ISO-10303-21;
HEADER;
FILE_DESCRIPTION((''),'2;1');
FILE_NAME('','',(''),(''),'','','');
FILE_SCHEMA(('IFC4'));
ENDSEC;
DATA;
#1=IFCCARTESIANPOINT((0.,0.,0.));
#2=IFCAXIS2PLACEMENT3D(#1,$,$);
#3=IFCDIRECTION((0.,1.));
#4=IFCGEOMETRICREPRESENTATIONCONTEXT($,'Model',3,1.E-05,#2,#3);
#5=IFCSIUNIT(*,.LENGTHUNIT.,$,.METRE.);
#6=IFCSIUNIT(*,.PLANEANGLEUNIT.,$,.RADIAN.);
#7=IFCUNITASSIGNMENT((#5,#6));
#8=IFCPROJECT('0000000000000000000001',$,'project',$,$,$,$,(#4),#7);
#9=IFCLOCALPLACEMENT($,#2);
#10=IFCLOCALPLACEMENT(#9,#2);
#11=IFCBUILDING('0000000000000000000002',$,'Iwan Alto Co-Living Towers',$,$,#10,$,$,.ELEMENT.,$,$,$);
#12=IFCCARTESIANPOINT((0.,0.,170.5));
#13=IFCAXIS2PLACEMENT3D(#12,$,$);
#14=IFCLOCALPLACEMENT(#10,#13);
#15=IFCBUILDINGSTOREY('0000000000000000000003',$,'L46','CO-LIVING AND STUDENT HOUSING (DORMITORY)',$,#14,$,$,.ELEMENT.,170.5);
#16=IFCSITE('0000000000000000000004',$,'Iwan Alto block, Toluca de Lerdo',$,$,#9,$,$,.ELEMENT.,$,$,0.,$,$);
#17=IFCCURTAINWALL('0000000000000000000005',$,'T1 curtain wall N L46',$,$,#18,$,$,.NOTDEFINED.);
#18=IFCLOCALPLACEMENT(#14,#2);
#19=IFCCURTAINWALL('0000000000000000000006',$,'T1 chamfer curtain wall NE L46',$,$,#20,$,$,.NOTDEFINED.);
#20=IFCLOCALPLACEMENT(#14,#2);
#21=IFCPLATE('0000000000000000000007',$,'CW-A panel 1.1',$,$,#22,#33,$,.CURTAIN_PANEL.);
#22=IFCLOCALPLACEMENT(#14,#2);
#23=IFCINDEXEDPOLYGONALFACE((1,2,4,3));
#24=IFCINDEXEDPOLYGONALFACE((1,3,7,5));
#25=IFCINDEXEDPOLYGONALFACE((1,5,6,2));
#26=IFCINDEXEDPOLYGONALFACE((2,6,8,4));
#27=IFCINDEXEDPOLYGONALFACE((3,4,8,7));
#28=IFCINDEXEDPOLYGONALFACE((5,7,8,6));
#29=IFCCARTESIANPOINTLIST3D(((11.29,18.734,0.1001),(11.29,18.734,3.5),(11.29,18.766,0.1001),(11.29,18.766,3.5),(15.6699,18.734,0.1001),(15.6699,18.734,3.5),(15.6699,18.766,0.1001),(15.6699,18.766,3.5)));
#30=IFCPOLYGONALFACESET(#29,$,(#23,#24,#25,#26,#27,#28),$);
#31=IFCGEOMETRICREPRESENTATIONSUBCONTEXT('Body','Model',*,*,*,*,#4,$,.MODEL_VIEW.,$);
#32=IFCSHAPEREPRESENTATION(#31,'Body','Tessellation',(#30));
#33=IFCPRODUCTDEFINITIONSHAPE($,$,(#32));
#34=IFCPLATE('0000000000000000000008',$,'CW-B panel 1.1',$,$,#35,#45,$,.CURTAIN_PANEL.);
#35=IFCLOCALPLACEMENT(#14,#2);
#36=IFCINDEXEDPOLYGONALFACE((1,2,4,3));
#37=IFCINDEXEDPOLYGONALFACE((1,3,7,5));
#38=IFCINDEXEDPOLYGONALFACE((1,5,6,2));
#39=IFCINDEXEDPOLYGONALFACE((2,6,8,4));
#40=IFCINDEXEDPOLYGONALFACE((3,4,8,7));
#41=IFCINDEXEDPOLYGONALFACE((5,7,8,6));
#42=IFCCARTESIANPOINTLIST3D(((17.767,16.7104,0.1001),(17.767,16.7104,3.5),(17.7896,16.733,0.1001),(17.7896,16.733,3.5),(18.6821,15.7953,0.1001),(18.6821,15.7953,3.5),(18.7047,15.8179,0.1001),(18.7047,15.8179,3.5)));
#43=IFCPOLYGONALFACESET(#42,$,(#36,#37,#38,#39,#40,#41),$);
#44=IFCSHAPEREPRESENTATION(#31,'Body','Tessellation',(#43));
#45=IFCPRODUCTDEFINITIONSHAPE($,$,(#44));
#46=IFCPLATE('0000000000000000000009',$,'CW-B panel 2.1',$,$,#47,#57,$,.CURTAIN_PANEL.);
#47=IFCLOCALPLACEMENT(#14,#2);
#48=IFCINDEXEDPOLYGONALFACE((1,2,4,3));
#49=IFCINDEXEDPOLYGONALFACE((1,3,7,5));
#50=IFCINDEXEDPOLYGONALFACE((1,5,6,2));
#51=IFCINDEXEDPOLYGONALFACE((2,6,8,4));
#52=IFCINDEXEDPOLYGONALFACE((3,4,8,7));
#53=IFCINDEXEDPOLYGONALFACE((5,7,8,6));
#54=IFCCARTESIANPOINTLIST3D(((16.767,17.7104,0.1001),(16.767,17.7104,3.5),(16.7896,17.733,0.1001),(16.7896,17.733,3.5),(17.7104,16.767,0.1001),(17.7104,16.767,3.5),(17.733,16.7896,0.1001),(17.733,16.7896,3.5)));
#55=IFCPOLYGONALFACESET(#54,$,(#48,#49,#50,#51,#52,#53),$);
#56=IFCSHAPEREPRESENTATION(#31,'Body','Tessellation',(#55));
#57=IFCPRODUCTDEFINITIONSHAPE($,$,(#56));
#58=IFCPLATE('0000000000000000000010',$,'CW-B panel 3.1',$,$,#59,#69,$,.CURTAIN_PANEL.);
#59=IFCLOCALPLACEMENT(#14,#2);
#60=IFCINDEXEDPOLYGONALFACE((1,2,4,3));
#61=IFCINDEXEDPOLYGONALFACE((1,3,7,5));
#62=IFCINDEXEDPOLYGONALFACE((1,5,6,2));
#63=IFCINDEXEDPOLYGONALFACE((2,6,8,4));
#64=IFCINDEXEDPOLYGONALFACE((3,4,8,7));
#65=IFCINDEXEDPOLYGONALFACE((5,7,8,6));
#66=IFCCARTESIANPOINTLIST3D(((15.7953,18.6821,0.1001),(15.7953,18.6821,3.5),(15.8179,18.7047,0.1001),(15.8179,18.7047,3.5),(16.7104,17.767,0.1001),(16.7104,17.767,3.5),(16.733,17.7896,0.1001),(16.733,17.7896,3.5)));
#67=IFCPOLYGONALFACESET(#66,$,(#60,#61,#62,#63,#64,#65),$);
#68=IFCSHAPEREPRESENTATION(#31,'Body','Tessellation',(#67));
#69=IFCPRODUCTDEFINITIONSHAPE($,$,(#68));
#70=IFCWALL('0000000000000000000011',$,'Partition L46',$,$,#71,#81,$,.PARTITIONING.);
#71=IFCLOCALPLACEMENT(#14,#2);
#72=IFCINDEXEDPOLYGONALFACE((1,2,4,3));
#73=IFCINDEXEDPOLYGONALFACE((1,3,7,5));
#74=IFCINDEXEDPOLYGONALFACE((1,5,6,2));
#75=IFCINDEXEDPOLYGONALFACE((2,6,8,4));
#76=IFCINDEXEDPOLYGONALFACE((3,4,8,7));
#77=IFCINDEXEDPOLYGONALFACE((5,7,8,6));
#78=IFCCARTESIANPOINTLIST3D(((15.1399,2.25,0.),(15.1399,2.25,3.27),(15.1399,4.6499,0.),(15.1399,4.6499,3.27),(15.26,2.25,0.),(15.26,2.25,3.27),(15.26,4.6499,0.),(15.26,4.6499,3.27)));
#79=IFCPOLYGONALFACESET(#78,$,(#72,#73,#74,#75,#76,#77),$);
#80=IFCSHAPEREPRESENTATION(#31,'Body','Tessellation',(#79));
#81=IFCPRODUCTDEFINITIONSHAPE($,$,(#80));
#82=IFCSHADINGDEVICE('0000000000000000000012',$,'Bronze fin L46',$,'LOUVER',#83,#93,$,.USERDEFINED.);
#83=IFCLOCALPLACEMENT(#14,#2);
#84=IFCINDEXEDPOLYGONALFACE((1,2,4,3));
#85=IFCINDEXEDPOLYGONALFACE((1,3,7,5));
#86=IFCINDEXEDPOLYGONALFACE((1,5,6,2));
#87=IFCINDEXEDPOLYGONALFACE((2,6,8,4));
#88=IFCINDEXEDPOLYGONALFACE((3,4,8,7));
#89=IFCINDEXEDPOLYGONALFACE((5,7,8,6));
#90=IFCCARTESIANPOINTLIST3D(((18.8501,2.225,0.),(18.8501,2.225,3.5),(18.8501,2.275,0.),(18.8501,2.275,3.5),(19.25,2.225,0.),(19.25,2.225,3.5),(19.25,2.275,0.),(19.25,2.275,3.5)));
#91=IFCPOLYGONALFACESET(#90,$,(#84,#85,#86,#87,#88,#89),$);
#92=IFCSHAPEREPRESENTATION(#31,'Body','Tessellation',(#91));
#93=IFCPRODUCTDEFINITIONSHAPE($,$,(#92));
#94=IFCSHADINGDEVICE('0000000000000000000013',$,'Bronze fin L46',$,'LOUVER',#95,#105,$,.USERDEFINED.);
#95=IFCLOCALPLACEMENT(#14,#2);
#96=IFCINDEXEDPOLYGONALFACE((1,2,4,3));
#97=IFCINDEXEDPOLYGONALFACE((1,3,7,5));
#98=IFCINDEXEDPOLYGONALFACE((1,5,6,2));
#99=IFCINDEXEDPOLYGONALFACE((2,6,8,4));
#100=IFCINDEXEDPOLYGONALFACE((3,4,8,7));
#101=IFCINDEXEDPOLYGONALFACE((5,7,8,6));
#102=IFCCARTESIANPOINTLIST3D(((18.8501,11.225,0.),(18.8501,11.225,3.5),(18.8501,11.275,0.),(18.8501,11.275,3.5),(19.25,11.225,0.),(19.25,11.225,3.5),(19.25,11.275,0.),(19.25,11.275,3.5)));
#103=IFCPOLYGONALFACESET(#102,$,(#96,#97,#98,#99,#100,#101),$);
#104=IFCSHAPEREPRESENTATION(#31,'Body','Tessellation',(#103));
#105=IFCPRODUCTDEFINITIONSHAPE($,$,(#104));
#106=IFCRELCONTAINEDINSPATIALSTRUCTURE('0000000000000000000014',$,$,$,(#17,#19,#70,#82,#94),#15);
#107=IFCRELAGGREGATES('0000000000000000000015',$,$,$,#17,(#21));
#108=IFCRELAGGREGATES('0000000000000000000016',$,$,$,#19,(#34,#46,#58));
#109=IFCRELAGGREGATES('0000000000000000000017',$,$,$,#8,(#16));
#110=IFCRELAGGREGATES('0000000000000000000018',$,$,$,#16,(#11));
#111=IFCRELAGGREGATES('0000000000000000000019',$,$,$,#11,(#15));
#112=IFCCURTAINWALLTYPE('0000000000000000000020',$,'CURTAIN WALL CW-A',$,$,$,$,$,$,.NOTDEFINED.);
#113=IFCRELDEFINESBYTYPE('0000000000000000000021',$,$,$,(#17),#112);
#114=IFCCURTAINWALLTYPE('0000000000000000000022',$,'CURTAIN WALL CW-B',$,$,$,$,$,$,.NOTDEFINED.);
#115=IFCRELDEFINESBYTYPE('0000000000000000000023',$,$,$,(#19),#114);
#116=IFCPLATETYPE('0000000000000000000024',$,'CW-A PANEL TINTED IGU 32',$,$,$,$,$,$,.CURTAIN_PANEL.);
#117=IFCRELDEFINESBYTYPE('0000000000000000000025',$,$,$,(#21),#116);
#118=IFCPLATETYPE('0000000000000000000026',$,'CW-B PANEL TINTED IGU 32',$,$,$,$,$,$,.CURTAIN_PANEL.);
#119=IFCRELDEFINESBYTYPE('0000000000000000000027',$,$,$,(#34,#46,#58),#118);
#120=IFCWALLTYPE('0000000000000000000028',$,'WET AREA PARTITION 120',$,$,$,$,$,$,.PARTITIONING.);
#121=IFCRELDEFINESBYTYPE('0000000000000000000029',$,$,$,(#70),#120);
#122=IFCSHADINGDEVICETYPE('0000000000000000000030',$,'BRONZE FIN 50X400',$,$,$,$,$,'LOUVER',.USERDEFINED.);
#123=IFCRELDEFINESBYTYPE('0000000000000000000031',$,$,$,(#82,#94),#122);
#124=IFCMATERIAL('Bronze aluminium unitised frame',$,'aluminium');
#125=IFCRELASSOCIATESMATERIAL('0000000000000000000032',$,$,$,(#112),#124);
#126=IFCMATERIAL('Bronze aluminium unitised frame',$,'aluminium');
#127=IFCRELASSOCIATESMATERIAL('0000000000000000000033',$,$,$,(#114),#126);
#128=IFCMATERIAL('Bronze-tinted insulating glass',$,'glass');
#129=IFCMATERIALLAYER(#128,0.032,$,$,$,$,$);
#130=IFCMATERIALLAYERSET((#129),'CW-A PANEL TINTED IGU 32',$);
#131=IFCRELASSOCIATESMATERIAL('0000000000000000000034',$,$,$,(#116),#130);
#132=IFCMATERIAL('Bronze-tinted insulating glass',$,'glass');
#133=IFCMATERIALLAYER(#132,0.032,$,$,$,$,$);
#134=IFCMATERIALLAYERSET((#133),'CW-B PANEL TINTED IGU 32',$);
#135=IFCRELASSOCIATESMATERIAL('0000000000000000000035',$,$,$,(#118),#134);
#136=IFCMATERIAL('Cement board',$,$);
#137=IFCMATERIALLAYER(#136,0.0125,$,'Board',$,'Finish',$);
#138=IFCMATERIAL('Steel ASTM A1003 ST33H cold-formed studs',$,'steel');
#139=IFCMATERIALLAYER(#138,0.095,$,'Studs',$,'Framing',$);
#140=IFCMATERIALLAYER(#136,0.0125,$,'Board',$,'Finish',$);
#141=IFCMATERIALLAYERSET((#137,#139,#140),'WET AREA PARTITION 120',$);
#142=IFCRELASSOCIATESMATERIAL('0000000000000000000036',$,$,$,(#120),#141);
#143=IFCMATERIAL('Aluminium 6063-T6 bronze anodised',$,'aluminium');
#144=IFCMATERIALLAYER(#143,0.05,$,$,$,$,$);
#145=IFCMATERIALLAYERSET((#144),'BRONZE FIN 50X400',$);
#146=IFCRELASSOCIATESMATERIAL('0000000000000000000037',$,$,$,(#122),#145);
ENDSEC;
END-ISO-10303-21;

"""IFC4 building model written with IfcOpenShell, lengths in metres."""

from ifc_helpers import new_model, si_unit, direction, frame, frame_2d, origin, origin_2d, place, context, subcontext, project, spatial, rectangle, extrude, material, layer, layer_set, type_object, element, aggregate, save


model = new_model("IFC4")

# Units and contexts
model_context = context("Model", 3, precision=1e-05, world=origin(), true_north=direction((0.0, 1.0)))
body_context = subcontext(model_context, "Body", "Model", "MODEL_VIEW")
ifc_project = project(units=[si_unit("LENGTHUNIT", "METRE"), si_unit("PLANEANGLEUNIT", "RADIAN")], contexts=[model_context])

# Site, building, storey
site_placement = place(None, origin())
site = spatial("IfcSite", under=ifc_project, at=site_placement, Name="Iwan Alto block, Toluca de Lerdo", CompositionType="ELEMENT", RefElevation=0.0)
building_placement = place(site_placement, origin())
building = spatial("IfcBuilding", under=site, at=building_placement, Name="Iwan Alto Co-Living Towers", CompositionType="ELEMENT")
storey_placement = place(building_placement, frame((0.0, 0.0, 170.5)))
storey = spatial("IfcBuildingStorey", under=building, at=storey_placement, Name="L46", Description="CO-LIVING AND STUDENT HOUSING (DORMITORY)", CompositionType="ELEMENT", Elevation=170.5)

# Shared definitions
ifc_material_1 = material(Name="Bronze aluminium unitised frame", Category="aluminium")
curtain_wall_type_1 = type_object("IfcCurtainWallType", Name="CURTAIN WALL CW-A", PredefinedType="NOTDEFINED", material=ifc_material_1)

# Curtain wall
curtain_wall_1_placement = place(storey_placement, origin())
curtain_wall_1 = element("IfcCurtainWall", 1, at=curtain_wall_1_placement, inside=storey, type_object=curtain_wall_type_1, Name="T1 curtain wall N L46", PredefinedType="NOTDEFINED")

# Curtain wall
ifc_material_2 = material(Name="Bronze aluminium unitised frame", Category="aluminium")
curtain_wall_type_2 = type_object("IfcCurtainWallType", Name="CURTAIN WALL CW-B", PredefinedType="NOTDEFINED", material=ifc_material_2)
curtain_wall_2_placement = place(storey_placement, origin())
curtain_wall_2 = element("IfcCurtainWall", 2, at=curtain_wall_2_placement, inside=storey, type_object=curtain_wall_type_2, Name="T1 chamfer curtain wall NE L46", PredefinedType="NOTDEFINED")

# Plates
ifc_material_3 = material(Name="Bronze-tinted insulating glass", Category="glass")
ifc_layer_1 = layer(ifc_material_3, 0.032)
ifc_layer_set_1 = layer_set([ifc_layer_1], Name="CW-A PANEL TINTED IGU 32")
plate_type_1 = type_object("IfcPlateType", Name="CW-A PANEL TINTED IGU 32", PredefinedType="CURTAIN_PANEL", material=ifc_layer_set_1)
plate_1_placement = place(storey_placement, frame((13.48, 18.75, 0.1001), z_axis=(0.0, 0.0, 1.0), x_axis=(-1.0, 0.0, 0.0)))
plate_1 = element("IfcPlate", 3, at=plate_1_placement, type_object=plate_type_1, Name="CW-A panel 1.1", PredefinedType="CURTAIN_PANEL", context=body_context, shape_type="SweptSolid", body=[
    extrude(rectangle(XDim=4.3799, YDim=0.032, at=origin_2d()), origin(), (0.0, 0.0, 1.0), 3.3999),
])
aggregate(curtain_wall_1, [plate_1])
ifc_material_4 = material(Name="Bronze-tinted insulating glass", Category="glass")
ifc_layer_2 = layer(ifc_material_4, 0.032)
ifc_layer_set_2 = layer_set([ifc_layer_2], Name="CW-B PANEL TINTED IGU 32")
plate_type_2 = type_object("IfcPlateType", Name="CW-B PANEL TINTED IGU 32", PredefinedType="CURTAIN_PANEL", material=ifc_layer_set_2)
plate_2_placement = place(storey_placement, frame((18.2358, 16.2642, 0.1001), z_axis=(0.0, 0.0, 1.0), x_axis=(-0.707107, 0.707107, 0.0)))
plate_2 = element("IfcPlate", 4, at=plate_2_placement, type_object=plate_type_2, Name="CW-B panel 1.1", PredefinedType="CURTAIN_PANEL", context=body_context, shape_type="SweptSolid", body=[
    extrude(rectangle(XDim=1.2942, YDim=0.032, at=origin_2d()), origin(), (0.0, 0.0, 1.0), 3.3999),
])
plate_3_placement = place(storey_placement, frame((17.25, 17.25, 0.1001), z_axis=(0.0, 0.0, 1.0), x_axis=(-0.707107, 0.707107, 0.0)))
plate_3 = element("IfcPlate", 5, at=plate_3_placement, type_object=plate_type_2, Name="CW-B panel 2.1", PredefinedType="CURTAIN_PANEL", context=body_context, shape_type="SweptSolid", body=[
    extrude(rectangle(XDim=1.3342, YDim=0.032, at=origin_2d()), origin(), (0.0, 0.0, 1.0), 3.3999),
])
plate_4_placement = place(storey_placement, frame((16.2642, 18.2358, 0.1001), z_axis=(0.0, 0.0, 1.0), x_axis=(-0.707107, 0.707107, 0.0)))
plate_4 = element("IfcPlate", 6, at=plate_4_placement, type_object=plate_type_2, Name="CW-B panel 3.1", PredefinedType="CURTAIN_PANEL", context=body_context, shape_type="SweptSolid", body=[
    extrude(rectangle(XDim=1.2942, YDim=0.032, at=origin_2d()), origin(), (0.0, 0.0, 1.0), 3.3999),
])
aggregate(curtain_wall_2, [plate_2, plate_3, plate_4])

# Wall
ifc_material_5 = material(Name="Cement board")
ifc_layer_3 = layer(ifc_material_5, 0.0125, Name="Board", Category="Finish")
ifc_material_6 = material(Name="Steel ASTM A1003 ST33H cold-formed studs", Category="steel")
ifc_layer_4 = layer(ifc_material_6, 0.095, Name="Studs", Category="Framing")
ifc_layer_5 = layer(ifc_material_5, 0.0125, Name="Board", Category="Finish")
ifc_layer_set_3 = layer_set([ifc_layer_3, ifc_layer_4, ifc_layer_5], Name="WET AREA PARTITION 120")
wall_type = type_object("IfcWallType", Name="WET AREA PARTITION 120", PredefinedType="PARTITIONING", material=ifc_layer_set_3)
wall_placement = place(storey_placement, frame((15.2, 2.25, 0.0), z_axis=(0.0, 0.0, 1.0), x_axis=(0.0, 1.0, 0.0)))
element("IfcWall", 7, at=wall_placement, inside=storey, type_object=wall_type, Name="Partition L46", PredefinedType="PARTITIONING", context=body_context, shape_type="SweptSolid", body=[
    extrude(rectangle(XDim=2.3999, YDim=0.1201, at=frame_2d((1.2, 0.0))), origin(), (0.0, 0.0, 1.0), 3.27),
])

# Shading devices
ifc_material_7 = material(Name="Aluminium 6063-T6 bronze anodised", Category="aluminium")
ifc_layer_6 = layer(ifc_material_7, 0.05)
ifc_layer_set_4 = layer_set([ifc_layer_6], Name="BRONZE FIN 50X400")
shading_device_type = type_object("IfcShadingDeviceType", Name="BRONZE FIN 50X400", ElementType="LOUVER", PredefinedType="USERDEFINED", material=ifc_layer_set_4)
for number, where, z_axis, x_axis, name in (
    (8, (19.05, 2.25, 0.0), (0.0, 0.0, 1.0), (0.0, 1.0, 0.0), "Bronze fin L46"),
    (9, (19.05, 11.25, 0.0), (0.0, 0.0, 1.0), (0.0, 1.0, 0.0), "Bronze fin L46"),
):
    element("IfcShadingDevice", number, at=place(storey_placement, frame(where, z_axis=z_axis, x_axis=x_axis)), inside=storey, type_object=shading_device_type, Name=name, ObjectType="LOUVER", PredefinedType="USERDEFINED", context=body_context, shape_type="SweptSolid", body=[
        extrude(rectangle(XDim=0.05, YDim=0.3999, at=origin_2d()), origin(), (0.0, 0.0, 1.0), 3.5),
    ])

save(model, "model.ifc")
